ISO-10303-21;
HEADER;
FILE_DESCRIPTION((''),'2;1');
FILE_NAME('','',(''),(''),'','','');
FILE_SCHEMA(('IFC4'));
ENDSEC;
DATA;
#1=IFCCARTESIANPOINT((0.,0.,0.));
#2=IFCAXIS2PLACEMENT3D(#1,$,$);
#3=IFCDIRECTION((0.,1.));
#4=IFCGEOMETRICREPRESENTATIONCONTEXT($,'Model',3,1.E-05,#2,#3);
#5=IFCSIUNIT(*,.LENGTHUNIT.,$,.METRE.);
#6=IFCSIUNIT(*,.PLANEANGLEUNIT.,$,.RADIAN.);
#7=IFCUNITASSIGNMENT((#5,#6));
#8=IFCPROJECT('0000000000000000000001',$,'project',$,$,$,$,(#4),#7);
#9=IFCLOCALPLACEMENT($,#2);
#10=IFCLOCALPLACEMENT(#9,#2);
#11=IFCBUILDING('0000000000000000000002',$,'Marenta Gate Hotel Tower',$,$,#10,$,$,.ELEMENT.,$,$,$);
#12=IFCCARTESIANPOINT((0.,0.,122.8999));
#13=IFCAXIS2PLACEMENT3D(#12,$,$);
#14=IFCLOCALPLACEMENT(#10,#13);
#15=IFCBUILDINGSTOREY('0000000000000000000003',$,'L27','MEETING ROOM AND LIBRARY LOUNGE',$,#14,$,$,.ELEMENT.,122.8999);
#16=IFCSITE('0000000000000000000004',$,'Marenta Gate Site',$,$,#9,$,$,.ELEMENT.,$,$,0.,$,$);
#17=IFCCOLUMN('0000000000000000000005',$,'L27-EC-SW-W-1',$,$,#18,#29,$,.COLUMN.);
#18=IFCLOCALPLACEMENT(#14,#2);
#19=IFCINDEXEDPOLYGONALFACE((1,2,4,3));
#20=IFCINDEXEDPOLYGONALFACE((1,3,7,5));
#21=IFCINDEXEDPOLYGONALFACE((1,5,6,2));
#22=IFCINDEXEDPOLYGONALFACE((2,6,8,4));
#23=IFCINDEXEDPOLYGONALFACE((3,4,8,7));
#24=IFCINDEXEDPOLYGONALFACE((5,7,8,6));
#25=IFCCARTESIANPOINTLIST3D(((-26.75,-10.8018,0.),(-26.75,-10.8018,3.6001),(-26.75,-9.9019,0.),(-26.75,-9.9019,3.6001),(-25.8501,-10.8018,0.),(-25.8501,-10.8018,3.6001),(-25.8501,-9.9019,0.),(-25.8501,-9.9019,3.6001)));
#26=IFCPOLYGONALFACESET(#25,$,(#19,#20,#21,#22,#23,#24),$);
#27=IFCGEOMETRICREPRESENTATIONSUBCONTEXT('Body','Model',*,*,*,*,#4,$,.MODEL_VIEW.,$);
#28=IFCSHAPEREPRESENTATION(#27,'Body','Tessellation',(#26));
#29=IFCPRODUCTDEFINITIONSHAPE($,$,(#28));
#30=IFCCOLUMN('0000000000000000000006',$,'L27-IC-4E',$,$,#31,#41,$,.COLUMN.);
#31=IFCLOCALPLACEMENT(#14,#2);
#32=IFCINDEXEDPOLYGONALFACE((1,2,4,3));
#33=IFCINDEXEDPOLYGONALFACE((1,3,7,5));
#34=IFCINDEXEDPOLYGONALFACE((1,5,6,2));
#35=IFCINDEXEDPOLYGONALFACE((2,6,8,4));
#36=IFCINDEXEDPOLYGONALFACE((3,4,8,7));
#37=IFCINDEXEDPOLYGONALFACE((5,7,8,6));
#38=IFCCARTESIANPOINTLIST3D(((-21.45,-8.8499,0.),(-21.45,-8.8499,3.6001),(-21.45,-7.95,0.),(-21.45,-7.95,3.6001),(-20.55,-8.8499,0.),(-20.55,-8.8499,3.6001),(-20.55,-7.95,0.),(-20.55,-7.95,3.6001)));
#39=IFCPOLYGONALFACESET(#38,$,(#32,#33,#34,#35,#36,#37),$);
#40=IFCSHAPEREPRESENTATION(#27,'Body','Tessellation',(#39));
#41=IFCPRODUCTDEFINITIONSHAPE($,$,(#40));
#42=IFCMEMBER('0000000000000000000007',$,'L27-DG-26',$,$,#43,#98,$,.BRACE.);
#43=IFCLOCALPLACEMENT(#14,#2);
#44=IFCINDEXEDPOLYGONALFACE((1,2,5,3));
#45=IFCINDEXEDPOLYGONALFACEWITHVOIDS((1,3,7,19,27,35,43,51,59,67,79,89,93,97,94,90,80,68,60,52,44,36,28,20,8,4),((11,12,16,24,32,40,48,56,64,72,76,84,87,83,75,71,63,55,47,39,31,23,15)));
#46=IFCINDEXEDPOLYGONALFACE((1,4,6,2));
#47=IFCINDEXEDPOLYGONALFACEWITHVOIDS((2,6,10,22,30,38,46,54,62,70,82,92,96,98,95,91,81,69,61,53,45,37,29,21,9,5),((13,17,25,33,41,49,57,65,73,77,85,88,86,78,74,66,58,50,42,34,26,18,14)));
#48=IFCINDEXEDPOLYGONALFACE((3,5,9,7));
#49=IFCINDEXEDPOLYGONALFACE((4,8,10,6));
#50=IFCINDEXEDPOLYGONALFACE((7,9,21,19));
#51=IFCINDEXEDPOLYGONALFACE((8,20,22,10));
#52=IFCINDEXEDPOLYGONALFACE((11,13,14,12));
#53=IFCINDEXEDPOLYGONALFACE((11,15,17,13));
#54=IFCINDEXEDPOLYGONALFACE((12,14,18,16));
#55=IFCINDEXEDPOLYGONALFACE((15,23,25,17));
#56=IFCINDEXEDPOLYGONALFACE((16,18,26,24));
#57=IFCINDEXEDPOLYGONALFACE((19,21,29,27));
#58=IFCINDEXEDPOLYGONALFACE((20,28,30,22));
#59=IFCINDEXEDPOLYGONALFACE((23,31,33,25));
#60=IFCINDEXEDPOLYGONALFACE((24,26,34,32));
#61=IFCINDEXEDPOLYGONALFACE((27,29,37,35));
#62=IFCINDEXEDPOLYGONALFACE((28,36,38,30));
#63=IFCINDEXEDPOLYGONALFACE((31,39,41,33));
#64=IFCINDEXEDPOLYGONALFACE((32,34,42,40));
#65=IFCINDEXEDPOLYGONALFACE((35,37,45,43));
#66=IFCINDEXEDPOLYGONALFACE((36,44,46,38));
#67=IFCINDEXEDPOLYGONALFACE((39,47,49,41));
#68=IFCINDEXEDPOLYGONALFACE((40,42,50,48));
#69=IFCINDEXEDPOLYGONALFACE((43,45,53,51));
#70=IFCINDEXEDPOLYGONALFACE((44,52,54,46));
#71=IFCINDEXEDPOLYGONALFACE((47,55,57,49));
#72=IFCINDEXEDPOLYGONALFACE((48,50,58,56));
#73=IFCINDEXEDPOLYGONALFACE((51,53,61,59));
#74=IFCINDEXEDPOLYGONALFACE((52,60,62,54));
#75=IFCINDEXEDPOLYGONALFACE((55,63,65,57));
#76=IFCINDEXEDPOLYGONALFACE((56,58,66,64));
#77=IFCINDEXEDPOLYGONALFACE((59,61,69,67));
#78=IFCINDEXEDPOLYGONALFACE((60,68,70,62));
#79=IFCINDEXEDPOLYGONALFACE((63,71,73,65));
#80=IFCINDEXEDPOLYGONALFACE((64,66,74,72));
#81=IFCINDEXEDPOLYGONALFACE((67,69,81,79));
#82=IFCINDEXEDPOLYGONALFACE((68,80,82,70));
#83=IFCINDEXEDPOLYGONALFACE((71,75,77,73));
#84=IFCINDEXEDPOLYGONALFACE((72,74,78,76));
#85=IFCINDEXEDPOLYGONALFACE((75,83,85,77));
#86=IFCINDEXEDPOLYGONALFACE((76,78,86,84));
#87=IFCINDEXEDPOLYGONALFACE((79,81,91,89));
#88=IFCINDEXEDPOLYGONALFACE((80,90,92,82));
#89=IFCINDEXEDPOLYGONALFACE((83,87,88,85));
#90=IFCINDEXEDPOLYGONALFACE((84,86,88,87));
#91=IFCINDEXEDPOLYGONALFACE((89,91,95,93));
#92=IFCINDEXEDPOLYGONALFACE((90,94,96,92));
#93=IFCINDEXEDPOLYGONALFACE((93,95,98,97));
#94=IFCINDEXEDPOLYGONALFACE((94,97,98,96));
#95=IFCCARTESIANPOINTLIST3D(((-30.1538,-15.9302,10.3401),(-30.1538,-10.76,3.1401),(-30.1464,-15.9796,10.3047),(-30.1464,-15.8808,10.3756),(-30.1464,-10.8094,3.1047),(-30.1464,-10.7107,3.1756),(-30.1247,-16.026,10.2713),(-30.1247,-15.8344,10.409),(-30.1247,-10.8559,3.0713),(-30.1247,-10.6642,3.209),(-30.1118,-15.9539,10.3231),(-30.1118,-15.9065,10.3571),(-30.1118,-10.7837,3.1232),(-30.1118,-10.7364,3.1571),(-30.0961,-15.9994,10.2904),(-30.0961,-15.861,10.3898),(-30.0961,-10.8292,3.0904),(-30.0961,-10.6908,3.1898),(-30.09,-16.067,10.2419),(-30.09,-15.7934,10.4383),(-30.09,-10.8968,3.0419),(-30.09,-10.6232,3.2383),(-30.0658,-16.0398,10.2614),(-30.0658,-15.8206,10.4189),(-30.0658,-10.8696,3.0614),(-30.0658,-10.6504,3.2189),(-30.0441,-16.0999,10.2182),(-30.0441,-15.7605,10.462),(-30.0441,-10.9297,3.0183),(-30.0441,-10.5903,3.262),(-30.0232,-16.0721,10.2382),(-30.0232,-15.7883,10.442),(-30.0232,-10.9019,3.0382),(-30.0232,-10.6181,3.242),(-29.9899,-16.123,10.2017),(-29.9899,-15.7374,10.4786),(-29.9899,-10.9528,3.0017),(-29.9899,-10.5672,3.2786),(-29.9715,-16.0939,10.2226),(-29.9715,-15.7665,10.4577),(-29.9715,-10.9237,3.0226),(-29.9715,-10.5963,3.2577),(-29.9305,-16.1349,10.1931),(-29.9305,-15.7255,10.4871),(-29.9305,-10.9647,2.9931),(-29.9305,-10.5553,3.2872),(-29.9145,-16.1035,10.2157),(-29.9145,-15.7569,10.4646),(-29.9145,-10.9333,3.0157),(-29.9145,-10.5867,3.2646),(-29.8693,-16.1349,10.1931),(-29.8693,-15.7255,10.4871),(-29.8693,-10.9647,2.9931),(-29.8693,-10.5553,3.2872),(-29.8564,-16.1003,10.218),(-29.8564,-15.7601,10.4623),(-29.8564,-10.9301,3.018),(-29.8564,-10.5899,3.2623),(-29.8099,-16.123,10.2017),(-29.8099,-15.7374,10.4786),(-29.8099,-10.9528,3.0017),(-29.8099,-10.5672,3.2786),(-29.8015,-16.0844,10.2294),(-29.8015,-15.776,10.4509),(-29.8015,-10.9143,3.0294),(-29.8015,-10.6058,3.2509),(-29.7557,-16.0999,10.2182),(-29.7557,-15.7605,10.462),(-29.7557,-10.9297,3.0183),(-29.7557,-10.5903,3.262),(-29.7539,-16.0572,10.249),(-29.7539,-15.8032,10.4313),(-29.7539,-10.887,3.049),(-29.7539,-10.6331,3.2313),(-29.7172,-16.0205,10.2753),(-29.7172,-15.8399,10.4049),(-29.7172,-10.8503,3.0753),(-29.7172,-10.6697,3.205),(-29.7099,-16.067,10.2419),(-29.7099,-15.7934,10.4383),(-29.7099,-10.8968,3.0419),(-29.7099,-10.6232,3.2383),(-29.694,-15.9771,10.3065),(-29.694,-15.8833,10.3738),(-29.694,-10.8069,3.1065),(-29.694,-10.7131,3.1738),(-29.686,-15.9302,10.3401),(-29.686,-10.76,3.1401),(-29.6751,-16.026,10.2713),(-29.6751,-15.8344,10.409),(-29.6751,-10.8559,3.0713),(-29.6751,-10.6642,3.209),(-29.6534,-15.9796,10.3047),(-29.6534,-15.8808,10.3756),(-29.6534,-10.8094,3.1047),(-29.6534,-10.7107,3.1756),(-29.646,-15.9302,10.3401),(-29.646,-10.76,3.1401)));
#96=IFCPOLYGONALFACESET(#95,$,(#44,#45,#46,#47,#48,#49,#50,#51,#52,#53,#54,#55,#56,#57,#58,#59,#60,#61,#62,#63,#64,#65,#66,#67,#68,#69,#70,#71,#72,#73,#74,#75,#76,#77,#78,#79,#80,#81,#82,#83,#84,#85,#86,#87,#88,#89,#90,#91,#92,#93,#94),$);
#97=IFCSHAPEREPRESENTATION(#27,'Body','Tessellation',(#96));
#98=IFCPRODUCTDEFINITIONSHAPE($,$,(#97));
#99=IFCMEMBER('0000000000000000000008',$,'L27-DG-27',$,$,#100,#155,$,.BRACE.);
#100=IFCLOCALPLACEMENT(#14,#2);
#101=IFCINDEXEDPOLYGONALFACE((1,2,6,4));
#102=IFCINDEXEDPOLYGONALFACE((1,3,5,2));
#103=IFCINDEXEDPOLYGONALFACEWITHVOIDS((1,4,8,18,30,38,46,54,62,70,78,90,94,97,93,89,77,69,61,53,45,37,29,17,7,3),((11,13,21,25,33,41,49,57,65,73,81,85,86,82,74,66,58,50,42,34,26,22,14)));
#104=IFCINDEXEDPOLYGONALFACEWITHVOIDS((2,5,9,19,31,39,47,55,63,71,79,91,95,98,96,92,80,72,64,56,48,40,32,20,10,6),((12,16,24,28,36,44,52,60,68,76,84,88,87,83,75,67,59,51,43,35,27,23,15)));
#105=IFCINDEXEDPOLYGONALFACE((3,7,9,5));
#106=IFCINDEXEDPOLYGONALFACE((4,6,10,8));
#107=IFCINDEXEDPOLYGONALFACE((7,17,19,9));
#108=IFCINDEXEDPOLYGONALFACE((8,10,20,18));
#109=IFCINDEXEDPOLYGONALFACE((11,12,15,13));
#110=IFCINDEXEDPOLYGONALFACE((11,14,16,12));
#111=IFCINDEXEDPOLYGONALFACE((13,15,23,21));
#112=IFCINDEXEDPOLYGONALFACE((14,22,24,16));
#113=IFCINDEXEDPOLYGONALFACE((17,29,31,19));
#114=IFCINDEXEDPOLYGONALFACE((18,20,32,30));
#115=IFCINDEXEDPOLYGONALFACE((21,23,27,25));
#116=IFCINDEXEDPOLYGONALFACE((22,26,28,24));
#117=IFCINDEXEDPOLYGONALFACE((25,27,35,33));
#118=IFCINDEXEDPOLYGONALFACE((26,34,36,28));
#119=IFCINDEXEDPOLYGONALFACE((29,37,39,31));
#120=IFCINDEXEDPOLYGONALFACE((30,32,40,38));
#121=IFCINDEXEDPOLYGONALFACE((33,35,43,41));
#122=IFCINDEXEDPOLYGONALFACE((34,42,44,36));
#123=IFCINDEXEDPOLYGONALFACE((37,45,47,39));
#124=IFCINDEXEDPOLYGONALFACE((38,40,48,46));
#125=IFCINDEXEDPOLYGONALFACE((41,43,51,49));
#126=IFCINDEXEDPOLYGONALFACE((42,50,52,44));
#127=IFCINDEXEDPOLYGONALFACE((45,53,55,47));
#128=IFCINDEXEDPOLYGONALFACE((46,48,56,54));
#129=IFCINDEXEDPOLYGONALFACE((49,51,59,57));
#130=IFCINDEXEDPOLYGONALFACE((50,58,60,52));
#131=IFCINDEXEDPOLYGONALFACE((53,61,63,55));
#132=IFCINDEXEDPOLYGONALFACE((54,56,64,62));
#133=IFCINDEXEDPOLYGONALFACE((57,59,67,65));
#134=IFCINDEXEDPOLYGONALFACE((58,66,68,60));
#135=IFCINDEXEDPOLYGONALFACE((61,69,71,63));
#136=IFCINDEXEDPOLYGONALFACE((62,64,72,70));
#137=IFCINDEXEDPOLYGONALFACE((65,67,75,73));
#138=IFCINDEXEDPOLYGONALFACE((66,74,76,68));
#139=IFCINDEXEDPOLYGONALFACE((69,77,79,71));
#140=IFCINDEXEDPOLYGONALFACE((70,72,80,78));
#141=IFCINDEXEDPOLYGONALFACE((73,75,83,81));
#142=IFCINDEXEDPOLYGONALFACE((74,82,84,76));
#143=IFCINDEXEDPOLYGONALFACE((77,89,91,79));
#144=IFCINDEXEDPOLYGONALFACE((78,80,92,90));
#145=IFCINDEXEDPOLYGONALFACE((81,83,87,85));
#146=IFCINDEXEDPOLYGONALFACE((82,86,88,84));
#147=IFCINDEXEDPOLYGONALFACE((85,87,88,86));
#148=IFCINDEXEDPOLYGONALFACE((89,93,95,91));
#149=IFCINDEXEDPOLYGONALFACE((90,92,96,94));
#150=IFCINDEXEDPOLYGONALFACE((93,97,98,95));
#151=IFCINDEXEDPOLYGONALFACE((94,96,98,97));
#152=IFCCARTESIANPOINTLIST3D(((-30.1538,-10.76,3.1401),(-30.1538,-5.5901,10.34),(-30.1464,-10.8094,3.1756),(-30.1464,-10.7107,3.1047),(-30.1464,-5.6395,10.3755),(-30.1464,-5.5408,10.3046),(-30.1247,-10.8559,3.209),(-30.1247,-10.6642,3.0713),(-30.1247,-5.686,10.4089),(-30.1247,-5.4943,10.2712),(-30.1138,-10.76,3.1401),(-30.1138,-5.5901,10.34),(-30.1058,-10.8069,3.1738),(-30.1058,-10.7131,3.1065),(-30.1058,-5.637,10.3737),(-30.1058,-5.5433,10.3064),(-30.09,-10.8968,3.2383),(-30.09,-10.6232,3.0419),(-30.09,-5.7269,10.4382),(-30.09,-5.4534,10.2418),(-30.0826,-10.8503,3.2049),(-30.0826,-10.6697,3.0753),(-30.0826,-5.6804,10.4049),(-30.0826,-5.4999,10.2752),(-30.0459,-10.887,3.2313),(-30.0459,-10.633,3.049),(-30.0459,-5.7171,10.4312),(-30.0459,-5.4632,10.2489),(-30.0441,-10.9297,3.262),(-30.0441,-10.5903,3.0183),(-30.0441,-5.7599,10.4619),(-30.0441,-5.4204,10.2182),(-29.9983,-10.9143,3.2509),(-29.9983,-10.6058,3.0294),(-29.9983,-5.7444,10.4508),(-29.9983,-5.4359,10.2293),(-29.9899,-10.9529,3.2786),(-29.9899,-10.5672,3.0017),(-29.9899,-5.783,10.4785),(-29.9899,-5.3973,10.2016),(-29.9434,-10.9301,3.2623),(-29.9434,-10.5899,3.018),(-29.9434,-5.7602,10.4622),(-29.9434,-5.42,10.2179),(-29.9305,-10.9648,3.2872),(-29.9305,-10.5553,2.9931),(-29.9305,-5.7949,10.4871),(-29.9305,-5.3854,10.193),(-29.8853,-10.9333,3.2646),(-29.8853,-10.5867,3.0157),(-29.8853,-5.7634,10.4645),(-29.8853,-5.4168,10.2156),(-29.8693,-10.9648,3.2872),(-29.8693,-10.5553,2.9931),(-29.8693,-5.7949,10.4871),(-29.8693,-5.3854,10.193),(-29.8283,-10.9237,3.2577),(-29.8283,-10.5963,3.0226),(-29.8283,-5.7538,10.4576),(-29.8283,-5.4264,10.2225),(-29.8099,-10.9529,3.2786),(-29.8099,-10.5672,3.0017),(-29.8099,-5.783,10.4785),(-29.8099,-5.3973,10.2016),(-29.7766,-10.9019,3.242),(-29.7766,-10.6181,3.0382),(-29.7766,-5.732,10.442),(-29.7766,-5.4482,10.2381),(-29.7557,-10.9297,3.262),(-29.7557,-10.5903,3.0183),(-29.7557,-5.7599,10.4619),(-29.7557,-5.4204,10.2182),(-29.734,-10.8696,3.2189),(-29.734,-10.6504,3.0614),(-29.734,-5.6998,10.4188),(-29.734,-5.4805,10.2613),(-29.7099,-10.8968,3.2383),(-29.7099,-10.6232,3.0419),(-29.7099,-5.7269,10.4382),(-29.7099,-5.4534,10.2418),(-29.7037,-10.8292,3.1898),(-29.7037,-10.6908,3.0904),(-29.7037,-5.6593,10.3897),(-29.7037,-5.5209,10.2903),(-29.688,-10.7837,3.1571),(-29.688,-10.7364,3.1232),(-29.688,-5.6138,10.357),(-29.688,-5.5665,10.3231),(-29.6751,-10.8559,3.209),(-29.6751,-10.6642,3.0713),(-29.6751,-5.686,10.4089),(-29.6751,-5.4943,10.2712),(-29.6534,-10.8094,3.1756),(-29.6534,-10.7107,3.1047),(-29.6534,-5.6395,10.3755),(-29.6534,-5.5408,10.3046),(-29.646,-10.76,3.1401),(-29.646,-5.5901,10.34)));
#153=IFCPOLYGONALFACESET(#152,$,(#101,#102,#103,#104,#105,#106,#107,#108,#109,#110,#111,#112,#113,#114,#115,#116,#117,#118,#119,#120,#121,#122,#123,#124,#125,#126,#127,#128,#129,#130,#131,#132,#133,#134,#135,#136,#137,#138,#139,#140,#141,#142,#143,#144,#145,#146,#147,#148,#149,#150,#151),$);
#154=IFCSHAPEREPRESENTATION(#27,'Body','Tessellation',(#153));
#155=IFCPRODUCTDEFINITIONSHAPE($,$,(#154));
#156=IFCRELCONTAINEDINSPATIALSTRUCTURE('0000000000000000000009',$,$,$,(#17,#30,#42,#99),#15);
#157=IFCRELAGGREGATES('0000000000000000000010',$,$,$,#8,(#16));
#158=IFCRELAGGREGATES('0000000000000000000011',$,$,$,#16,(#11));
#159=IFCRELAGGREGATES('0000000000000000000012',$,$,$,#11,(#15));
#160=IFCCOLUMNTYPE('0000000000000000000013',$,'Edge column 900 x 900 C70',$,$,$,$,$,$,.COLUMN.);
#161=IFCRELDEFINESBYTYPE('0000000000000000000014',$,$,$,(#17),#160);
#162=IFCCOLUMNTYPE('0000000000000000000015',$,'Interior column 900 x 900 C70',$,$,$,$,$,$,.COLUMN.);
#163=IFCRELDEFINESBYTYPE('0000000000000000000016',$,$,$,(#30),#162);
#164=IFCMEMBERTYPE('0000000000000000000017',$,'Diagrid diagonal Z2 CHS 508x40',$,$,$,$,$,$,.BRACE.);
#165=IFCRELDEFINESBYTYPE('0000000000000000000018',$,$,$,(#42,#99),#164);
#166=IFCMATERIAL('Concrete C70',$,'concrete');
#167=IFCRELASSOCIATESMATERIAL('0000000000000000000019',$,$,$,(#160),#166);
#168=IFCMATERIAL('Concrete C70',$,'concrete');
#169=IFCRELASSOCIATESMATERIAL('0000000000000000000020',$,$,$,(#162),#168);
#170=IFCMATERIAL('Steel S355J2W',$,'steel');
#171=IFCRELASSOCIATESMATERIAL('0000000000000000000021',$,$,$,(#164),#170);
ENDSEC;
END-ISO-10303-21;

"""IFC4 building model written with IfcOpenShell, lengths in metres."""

from ifc_helpers import new_model, si_unit, direction, frame, origin, origin_2d, place, context, subcontext, project, spatial, rectangle, hollow_circle, extrude, material, material_profile, profile_set, type_object, element, save


model = new_model("IFC4")

# Units and contexts
model_context = context("Model", 3, precision=1e-05, world=origin(), true_north=direction((0.0, 1.0)))
body_context = subcontext(model_context, "Body", "Model", "MODEL_VIEW")
ifc_project = project(units=[si_unit("LENGTHUNIT", "METRE"), si_unit("PLANEANGLEUNIT", "RADIAN")], contexts=[model_context])

# Site, building, storey
site_placement = place(None, origin())
site = spatial("IfcSite", under=ifc_project, at=site_placement, Name="Marenta Gate Site", CompositionType="ELEMENT", RefElevation=0.0)
building_placement = place(site_placement, origin())
building = spatial("IfcBuilding", under=site, at=building_placement, Name="Marenta Gate Hotel Tower", CompositionType="ELEMENT")
storey_placement = place(building_placement, frame((0.0, 0.0, 122.8999)))
storey = spatial("IfcBuildingStorey", under=building, at=storey_placement, Name="L27", Description="MEETING ROOM AND LIBRARY LOUNGE", CompositionType="ELEMENT", Elevation=122.8999)

# Columns
ifc_material_1 = material(Name="Concrete C70", Category="concrete")
ifc_material_profile_1 = material_profile(ifc_material_1, rectangle(XDim=0.8999, YDim=0.8999, at=origin_2d()), Name="900 x 900")
ifc_profile_set_1 = profile_set([ifc_material_profile_1], Name="Concrete C70")
column_type_1 = type_object("IfcColumnType", Name="Edge column 900 x 900 C70", PredefinedType="COLUMN", material=ifc_profile_set_1)
column_1_placement = place(storey_placement, frame((-26.3, -10.3518, 0.0), z_axis=(0.0, 0.0, 1.0), x_axis=(1.0, 0.0, 0.0)))
element("IfcColumn", 1, at=column_1_placement, inside=storey, type_object=column_type_1, Name="L27-EC-SW-W-1", PredefinedType="COLUMN", context=body_context, shape_type="SweptSolid", body=[
    extrude(rectangle(XDim=0.8999, YDim=0.8999, at=origin_2d()), origin(), (0.0, 0.0, 1.0), 3.6001),
])
ifc_material_2 = material(Name="Concrete C70", Category="concrete")
ifc_material_profile_2 = material_profile(ifc_material_2, rectangle(XDim=0.8999, YDim=0.8999, at=origin_2d()), Name="900 x 900")
ifc_profile_set_2 = profile_set([ifc_material_profile_2], Name="Concrete C70")
column_type_2 = type_object("IfcColumnType", Name="Interior column 900 x 900 C70", PredefinedType="COLUMN", material=ifc_profile_set_2)
column_2_placement = place(storey_placement, frame((-21.0, -8.3999, 0.0), z_axis=(0.0, 0.0, 1.0), x_axis=(1.0, 0.0, 0.0)))
element("IfcColumn", 2, at=column_2_placement, inside=storey, type_object=column_type_2, Name="L27-IC-4E", PredefinedType="COLUMN", context=body_context, shape_type="SweptSolid", body=[
    extrude(rectangle(XDim=0.8999, YDim=0.8999, at=origin_2d()), origin(), (0.0, 0.0, 1.0), 3.6001),
])

# Members
ifc_material_3 = material(Name="Steel S355J2W", Category="steel")
ifc_material_profile_3 = material_profile(ifc_material_3, hollow_circle(Radius=0.2539, WallThickness=0.04, at=origin_2d()), Name="CHS 508x40")
ifc_profile_set_3 = profile_set([ifc_material_profile_3], Name="Steel S355J2W")
member_type_1 = type_object("IfcMemberType", Name="Diagrid diagonal Z2 CHS 508x40", PredefinedType="BRACE", material=ifc_profile_set_3)
member_1_placement = place(storey_placement, frame((-29.8999, -10.76, 3.1401), z_axis=(0.0, -0.583279, 0.812272), x_axis=(1.0, 0.0, 0.0)))
element("IfcMember", 3, at=member_1_placement, inside=storey, type_object=member_type_1, Name="L27-DG-26", PredefinedType="BRACE", context=body_context, shape_type="SweptSolid", body=[
    extrude(hollow_circle(Radius=0.2539, WallThickness=0.04, at=origin_2d()), origin(), (0.0, 0.0, 1.0), 8.864),
])
member_2_placement = place(storey_placement, frame((-29.8999, -10.76, 3.1401), z_axis=(0.0, 0.583261, 0.812285), x_axis=(-1.0, 0.0, 0.0)))
element("IfcMember", 4, at=member_2_placement, inside=storey, type_object=member_type_1, Name="L27-DG-27", PredefinedType="BRACE", context=body_context, shape_type="SweptSolid", body=[
    extrude(hollow_circle(Radius=0.2539, WallThickness=0.04, at=origin_2d()), origin(), (0.0, 0.0, 1.0), 8.8638),
])

save(model, "model.ifc")
